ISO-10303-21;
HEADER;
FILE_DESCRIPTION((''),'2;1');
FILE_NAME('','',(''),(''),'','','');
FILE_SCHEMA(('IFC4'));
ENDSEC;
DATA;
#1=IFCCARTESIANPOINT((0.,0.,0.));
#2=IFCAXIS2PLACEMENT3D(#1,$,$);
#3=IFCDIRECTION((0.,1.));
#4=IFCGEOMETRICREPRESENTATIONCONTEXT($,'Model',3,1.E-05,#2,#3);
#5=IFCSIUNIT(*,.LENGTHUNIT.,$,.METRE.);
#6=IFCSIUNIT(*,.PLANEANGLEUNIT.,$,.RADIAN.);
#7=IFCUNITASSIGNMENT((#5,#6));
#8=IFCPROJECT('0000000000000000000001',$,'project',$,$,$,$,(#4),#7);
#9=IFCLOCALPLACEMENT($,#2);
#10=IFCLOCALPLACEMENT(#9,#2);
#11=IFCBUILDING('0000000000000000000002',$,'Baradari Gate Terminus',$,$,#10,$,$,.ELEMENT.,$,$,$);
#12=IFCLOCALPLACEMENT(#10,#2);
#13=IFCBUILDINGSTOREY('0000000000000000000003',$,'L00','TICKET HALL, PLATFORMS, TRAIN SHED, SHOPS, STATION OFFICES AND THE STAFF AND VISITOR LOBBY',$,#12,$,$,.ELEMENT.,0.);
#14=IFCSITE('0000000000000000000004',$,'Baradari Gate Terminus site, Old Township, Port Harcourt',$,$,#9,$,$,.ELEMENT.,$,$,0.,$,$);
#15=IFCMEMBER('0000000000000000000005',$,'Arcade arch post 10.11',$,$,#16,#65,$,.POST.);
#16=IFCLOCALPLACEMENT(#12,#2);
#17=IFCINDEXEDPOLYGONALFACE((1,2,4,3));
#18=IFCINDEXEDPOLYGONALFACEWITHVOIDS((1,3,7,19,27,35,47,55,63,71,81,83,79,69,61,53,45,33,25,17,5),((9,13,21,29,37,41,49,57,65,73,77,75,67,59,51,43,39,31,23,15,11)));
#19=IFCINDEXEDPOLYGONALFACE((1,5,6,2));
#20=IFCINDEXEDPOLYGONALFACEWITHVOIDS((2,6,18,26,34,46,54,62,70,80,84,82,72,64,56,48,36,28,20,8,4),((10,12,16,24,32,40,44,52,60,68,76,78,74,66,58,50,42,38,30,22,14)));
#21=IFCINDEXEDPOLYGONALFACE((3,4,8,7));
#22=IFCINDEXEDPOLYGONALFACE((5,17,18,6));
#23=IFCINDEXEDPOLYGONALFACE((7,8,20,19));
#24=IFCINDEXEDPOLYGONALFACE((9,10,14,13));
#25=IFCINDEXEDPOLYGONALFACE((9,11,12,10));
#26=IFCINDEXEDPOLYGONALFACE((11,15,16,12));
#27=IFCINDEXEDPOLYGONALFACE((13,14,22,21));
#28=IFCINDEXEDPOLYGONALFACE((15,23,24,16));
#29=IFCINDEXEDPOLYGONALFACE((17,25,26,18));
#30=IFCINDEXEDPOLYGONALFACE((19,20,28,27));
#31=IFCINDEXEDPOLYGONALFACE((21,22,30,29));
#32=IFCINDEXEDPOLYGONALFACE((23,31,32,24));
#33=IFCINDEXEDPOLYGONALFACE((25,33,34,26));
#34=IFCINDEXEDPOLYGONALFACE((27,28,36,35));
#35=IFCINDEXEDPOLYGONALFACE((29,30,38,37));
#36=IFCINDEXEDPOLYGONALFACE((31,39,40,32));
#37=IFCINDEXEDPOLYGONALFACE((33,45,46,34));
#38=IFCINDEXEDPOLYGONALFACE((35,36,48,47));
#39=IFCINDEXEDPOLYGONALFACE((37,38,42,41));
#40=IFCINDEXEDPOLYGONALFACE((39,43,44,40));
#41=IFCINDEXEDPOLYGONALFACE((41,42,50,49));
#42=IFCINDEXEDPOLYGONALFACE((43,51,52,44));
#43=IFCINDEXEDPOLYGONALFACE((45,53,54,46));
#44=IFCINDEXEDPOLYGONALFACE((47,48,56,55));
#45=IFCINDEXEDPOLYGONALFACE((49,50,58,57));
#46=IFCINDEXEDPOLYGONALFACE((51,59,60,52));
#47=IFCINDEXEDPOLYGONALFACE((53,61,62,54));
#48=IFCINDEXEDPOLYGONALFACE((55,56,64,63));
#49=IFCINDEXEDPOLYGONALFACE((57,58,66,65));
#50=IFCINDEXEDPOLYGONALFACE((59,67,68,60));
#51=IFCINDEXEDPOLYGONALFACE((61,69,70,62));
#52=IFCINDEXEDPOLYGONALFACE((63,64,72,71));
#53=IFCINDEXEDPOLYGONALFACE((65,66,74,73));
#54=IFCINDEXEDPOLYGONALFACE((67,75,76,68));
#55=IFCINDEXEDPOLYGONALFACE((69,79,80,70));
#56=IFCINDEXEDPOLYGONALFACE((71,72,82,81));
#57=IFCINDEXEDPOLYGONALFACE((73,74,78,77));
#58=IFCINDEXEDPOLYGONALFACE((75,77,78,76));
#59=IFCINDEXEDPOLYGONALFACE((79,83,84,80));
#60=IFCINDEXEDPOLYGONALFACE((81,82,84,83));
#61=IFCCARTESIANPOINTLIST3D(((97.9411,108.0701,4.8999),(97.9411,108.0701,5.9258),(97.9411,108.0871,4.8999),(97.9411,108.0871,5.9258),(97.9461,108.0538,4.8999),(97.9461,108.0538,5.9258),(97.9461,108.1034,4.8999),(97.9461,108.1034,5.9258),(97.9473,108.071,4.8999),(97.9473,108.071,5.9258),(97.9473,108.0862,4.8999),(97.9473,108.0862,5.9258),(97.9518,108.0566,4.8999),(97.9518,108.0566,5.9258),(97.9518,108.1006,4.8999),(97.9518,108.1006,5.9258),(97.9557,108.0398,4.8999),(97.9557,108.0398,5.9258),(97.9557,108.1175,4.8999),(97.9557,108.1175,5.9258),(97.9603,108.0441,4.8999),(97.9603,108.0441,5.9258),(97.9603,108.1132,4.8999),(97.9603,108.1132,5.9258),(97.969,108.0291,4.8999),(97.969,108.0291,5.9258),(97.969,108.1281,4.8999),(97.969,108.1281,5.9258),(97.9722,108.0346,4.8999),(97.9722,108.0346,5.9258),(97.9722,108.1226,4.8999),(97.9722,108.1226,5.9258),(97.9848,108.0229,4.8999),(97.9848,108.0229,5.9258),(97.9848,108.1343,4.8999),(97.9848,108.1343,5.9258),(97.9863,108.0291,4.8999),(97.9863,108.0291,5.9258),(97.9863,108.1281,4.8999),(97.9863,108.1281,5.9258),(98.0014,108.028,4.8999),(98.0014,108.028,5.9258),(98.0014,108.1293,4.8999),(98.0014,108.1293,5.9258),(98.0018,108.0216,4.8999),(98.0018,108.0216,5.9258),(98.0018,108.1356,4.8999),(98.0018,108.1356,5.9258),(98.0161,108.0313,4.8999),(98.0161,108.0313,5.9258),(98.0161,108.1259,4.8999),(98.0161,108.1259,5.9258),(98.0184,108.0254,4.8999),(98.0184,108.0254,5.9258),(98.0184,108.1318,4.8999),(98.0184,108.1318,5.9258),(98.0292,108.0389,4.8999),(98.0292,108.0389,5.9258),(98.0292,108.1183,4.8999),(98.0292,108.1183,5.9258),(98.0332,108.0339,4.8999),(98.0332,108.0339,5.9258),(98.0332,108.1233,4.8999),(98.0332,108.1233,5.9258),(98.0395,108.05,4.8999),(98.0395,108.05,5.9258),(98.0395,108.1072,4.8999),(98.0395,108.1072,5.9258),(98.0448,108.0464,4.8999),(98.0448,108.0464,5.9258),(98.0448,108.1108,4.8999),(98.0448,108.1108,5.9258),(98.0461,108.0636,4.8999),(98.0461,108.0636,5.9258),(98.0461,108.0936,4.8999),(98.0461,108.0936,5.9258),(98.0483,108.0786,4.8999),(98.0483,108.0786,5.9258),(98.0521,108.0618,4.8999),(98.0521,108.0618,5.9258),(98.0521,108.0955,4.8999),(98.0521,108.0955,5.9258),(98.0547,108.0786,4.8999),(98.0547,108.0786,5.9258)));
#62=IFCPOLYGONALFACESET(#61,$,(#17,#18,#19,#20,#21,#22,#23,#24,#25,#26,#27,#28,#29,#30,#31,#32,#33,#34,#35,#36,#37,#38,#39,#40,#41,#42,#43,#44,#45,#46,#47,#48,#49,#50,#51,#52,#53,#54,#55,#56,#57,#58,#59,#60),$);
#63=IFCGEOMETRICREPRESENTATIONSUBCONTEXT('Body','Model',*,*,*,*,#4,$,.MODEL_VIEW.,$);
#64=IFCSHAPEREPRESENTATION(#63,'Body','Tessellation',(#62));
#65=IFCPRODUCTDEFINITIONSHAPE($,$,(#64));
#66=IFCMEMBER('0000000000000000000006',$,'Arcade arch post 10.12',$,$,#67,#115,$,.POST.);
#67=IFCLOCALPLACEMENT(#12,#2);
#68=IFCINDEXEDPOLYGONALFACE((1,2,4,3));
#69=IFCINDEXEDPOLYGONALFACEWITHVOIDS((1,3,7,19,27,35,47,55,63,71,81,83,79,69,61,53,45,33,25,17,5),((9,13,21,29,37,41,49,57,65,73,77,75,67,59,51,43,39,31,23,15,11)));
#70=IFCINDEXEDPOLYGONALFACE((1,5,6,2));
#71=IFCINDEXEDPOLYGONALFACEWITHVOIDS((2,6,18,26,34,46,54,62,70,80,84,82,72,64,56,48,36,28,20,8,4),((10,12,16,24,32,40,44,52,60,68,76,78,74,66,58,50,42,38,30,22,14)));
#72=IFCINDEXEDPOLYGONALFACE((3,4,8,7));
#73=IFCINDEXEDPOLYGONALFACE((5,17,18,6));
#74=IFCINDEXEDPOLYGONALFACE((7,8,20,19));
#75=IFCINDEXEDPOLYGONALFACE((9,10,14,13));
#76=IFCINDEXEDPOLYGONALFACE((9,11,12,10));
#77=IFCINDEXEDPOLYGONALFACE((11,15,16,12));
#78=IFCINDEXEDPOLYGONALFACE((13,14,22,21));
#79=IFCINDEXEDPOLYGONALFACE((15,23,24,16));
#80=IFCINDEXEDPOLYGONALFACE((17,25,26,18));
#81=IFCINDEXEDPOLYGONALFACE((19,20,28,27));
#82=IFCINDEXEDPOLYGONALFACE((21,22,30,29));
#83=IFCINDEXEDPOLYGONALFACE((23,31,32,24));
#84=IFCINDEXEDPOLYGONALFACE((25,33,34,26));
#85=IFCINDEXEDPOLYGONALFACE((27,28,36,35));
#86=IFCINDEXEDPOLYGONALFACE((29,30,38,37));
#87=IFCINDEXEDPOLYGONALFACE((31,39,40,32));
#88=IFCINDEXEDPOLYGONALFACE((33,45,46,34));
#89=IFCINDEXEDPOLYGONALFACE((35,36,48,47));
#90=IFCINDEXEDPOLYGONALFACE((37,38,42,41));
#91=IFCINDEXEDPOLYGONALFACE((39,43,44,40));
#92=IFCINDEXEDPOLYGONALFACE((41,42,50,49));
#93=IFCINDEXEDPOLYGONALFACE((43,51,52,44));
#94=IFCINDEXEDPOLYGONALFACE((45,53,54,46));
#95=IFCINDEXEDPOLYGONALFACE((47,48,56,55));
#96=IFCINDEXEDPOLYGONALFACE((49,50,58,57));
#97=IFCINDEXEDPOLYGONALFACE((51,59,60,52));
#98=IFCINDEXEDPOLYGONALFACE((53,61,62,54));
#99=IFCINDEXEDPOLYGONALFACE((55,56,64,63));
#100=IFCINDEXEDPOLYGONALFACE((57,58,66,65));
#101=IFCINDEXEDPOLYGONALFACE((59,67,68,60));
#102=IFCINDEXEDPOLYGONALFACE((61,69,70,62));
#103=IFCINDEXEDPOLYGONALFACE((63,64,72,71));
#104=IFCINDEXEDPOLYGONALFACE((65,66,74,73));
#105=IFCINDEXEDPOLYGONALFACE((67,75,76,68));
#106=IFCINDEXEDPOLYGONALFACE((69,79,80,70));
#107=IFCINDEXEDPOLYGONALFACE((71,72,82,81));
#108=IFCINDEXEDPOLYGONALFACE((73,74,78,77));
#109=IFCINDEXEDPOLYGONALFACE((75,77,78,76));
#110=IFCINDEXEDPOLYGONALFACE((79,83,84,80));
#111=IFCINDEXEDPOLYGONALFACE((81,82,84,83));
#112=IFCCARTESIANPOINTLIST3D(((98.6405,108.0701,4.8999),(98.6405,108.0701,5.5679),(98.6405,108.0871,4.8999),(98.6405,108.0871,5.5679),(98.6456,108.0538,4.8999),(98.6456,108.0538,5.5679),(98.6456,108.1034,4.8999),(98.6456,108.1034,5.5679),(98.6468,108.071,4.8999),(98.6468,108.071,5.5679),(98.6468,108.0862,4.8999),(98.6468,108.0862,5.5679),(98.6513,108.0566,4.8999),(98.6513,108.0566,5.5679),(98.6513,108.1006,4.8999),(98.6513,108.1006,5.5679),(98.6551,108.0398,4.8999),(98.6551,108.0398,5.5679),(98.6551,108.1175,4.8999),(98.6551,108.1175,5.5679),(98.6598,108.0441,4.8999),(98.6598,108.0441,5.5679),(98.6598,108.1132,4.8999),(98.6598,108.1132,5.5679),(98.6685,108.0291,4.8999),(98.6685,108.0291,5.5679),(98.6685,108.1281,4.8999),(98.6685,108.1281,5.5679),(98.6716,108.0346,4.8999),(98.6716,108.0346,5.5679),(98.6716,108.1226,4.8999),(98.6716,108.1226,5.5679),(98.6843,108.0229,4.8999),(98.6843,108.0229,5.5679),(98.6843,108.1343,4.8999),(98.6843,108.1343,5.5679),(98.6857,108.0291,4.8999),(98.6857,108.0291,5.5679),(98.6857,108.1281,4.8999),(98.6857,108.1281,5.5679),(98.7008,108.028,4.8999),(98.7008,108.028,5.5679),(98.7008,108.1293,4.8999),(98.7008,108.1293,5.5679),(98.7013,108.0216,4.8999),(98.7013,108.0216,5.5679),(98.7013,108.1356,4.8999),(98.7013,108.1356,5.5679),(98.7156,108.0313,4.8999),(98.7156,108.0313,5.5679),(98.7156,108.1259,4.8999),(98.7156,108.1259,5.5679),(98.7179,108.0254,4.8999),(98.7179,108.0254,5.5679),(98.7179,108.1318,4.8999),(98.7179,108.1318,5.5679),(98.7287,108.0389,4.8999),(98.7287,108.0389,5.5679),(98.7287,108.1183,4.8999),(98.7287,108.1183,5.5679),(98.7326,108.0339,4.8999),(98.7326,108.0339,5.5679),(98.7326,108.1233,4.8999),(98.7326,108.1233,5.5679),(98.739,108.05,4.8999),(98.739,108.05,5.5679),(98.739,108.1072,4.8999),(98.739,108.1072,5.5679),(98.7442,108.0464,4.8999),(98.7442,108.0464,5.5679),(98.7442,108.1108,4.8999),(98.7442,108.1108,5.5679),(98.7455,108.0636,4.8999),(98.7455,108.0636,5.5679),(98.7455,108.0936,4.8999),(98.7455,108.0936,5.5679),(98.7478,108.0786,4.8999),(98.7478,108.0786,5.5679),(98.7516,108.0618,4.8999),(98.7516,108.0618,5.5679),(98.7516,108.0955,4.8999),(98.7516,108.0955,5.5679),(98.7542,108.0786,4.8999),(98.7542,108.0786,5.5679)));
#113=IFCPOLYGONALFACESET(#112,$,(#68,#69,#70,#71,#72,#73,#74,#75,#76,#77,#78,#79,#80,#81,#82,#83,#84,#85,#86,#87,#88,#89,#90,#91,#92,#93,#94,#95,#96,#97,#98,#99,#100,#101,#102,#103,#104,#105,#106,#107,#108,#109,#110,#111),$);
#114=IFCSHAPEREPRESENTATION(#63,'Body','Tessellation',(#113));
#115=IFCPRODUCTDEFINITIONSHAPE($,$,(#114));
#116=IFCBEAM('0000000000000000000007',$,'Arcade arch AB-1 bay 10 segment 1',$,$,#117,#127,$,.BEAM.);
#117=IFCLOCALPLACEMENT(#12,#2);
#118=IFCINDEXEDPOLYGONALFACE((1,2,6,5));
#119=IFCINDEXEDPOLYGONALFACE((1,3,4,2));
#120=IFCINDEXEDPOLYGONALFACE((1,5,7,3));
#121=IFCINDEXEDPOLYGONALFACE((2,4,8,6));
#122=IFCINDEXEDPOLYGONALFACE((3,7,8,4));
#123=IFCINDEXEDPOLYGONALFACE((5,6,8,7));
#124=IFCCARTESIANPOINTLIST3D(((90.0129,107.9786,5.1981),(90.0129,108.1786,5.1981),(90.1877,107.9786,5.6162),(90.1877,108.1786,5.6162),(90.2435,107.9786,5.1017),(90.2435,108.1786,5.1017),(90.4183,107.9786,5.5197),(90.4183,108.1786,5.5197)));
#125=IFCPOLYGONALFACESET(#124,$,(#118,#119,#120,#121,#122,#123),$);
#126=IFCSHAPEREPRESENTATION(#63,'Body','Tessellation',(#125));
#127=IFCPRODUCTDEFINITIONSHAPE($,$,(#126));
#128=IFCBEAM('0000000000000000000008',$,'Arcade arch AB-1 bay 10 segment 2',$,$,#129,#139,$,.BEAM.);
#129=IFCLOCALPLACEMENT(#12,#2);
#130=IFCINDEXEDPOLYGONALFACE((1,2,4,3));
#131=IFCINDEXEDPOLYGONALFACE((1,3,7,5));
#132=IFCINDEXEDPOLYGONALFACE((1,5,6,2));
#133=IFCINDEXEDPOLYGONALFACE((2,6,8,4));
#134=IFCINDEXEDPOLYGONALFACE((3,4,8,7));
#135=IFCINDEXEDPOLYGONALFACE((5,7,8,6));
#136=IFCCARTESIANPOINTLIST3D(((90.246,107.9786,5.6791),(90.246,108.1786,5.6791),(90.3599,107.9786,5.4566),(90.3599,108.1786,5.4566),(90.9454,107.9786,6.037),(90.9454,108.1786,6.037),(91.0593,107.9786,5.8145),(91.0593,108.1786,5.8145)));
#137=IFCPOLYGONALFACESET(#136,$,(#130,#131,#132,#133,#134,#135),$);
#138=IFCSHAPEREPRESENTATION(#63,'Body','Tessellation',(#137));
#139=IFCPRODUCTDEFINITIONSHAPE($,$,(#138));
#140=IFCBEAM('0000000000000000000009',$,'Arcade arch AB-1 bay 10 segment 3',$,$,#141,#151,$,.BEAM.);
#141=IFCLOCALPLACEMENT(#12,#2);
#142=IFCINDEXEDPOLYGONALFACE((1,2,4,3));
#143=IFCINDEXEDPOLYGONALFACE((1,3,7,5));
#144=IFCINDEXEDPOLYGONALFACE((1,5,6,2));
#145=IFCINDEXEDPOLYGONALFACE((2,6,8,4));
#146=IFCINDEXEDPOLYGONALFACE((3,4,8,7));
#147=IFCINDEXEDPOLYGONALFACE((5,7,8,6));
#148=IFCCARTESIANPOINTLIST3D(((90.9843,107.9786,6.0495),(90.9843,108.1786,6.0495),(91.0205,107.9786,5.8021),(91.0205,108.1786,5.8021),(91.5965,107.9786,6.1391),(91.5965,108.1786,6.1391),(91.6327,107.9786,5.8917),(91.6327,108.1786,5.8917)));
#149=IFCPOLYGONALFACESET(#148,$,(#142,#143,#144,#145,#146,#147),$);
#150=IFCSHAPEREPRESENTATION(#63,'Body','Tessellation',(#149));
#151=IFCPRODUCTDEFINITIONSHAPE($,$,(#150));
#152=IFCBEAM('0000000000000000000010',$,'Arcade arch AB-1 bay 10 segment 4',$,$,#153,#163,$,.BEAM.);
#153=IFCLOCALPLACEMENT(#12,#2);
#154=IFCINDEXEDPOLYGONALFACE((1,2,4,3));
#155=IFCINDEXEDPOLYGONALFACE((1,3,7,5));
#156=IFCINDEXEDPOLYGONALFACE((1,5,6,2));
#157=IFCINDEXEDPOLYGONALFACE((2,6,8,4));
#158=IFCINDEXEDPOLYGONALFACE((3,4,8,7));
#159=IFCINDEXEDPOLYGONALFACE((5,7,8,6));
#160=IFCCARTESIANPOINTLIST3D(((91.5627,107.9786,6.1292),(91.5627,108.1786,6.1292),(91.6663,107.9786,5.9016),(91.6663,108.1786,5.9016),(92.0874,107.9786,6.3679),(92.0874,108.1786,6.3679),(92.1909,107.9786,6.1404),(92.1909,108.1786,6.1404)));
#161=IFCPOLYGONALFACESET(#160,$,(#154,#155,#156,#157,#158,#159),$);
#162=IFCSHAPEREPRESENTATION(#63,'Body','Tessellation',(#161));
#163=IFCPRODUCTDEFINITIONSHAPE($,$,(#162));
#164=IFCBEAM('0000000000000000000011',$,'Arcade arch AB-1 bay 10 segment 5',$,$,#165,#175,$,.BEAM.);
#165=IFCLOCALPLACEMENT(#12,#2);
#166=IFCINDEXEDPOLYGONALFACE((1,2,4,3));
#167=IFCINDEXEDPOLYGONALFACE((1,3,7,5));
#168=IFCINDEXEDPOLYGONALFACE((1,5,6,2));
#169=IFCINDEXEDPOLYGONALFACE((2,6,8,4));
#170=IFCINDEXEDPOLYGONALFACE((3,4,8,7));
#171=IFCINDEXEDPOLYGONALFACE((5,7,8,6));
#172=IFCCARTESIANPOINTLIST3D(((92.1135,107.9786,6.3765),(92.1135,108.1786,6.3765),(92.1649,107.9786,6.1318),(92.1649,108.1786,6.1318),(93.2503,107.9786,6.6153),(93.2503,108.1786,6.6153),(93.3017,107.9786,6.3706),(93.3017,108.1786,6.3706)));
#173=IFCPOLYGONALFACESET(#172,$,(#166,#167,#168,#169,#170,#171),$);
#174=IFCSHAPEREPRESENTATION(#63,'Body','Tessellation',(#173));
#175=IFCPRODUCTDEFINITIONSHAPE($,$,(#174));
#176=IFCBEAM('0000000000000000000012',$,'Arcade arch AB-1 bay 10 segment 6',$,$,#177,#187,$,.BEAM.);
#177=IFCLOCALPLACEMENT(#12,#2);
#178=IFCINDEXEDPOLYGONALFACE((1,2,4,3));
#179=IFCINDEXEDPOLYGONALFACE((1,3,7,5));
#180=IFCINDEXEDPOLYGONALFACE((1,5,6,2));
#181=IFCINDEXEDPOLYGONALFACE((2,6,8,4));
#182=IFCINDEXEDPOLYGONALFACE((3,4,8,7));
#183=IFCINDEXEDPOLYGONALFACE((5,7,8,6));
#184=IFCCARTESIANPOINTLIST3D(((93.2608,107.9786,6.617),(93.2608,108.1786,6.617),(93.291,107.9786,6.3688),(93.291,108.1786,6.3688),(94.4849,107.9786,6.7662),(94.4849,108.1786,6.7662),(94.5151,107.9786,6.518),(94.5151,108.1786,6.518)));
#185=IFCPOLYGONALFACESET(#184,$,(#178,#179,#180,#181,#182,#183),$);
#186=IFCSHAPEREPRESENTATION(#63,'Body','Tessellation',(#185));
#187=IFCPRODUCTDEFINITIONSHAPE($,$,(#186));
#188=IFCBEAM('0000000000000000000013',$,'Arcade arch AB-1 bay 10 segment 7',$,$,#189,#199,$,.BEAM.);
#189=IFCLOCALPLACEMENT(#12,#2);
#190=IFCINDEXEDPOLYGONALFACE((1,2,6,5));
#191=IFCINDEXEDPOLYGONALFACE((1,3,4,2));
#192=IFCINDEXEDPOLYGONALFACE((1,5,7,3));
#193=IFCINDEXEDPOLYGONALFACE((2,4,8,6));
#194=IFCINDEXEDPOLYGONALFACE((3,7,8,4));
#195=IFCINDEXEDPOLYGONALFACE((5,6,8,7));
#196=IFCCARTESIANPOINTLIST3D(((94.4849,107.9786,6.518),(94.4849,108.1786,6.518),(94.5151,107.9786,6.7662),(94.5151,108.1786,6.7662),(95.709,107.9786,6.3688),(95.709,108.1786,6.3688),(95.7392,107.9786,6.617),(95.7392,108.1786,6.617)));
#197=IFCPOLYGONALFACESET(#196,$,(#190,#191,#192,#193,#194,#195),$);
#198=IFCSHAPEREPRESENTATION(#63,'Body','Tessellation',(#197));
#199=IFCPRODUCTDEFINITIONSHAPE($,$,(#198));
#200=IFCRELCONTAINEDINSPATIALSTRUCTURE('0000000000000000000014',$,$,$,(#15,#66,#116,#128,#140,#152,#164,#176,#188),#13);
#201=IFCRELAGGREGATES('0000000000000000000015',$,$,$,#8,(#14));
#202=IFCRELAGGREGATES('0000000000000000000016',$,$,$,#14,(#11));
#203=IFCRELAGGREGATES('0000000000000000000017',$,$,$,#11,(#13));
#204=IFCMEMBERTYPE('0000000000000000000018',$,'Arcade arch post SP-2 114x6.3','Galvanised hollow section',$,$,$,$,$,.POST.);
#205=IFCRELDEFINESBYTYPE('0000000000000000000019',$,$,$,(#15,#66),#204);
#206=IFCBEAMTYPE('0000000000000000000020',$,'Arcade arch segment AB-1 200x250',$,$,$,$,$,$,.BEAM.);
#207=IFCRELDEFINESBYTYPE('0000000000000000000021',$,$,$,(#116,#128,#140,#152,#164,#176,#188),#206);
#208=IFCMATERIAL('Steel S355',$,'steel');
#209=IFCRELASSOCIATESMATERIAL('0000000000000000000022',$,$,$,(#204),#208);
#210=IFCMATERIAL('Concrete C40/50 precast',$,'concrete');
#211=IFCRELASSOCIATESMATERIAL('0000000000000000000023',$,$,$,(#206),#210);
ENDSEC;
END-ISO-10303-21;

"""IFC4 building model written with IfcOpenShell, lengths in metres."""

from ifc_helpers import new_model, si_unit, direction, frame, origin, origin_2d, place, context, subcontext, project, spatial, rectangle, hollow_circle, extrude, material, material_profile, profile_set, type_object, element, save


model = new_model("IFC4")

# Units and contexts
model_context = context("Model", 3, precision=1e-05, world=origin(), true_north=direction((0.0, 1.0)))
body_context = subcontext(model_context, "Body", "Model", "MODEL_VIEW")
ifc_project = project(units=[si_unit("LENGTHUNIT", "METRE"), si_unit("PLANEANGLEUNIT", "RADIAN")], contexts=[model_context])

# Site, building, storey
site_placement = place(None, origin())
site = spatial("IfcSite", under=ifc_project, at=site_placement, Name="Baradari Gate Terminus site, Old Township, Port Harcourt", CompositionType="ELEMENT", RefElevation=0.0)
building_placement = place(site_placement, origin())
building = spatial("IfcBuilding", under=site, at=building_placement, Name="Baradari Gate Terminus", CompositionType="ELEMENT")
storey_placement = place(building_placement, origin())
storey = spatial("IfcBuildingStorey", under=building, at=storey_placement, Name="L00", Description="TICKET HALL, PLATFORMS, TRAIN SHED, SHOPS, STATION OFFICES AND THE STAFF AND VISITOR LOBBY", CompositionType="ELEMENT", Elevation=0.0)

# Members
ifc_material_1 = material(Name="Steel S355", Category="steel")
ifc_material_profile_1 = material_profile(ifc_material_1, hollow_circle(Radius=0.0571, WallThickness=0.0063, at=origin_2d()), Name="CHS 114.3x6.3")
ifc_profile_set_1 = profile_set([ifc_material_profile_1], Name="Steel S355")
member_type = type_object("IfcMemberType", Name="Arcade arch post SP-2 114x6.3", Description="Galvanised hollow section", PredefinedType="POST", material=ifc_profile_set_1)
member_1_placement = place(storey_placement, frame((97.9976, 108.0786, 4.8999), z_axis=(0.0, 0.0, 1.0), x_axis=(1.0, 0.0, 0.0)))
element("IfcMember", 1, at=member_1_placement, inside=storey, type_object=member_type, Name="Arcade arch post 10.11", PredefinedType="POST", context=body_context, shape_type="SweptSolid", body=[
    extrude(hollow_circle(Radius=0.0571, WallThickness=0.0063, at=origin_2d()), origin(), (0.0, 0.0, 1.0), 1.0259),
])
member_2_placement = place(storey_placement, frame((98.697, 108.0786, 4.8999), z_axis=(0.0, 0.0, 1.0), x_axis=(1.0, 0.0, 0.0)))
element("IfcMember", 2, at=member_2_placement, inside=storey, type_object=member_type, Name="Arcade arch post 10.12", PredefinedType="POST", context=body_context, shape_type="SweptSolid", body=[
    extrude(hollow_circle(Radius=0.0571, WallThickness=0.0063, at=origin_2d()), origin(), (0.0, 0.0, 1.0), 0.668),
])

# Beams
ifc_material_2 = material(Name="Concrete C40/50 precast", Category="concrete")
ifc_material_profile_2 = material_profile(ifc_material_2, rectangle(XDim=0.2, YDim=0.25, at=origin_2d()), Name="AB-1 200X250")
ifc_profile_set_2 = profile_set([ifc_material_profile_2], Name="Concrete C40/50 precast")
beam_type_1 = type_object("IfcBeamType", Name="Arcade arch segment AB-1 200x250", PredefinedType="BEAM", material=ifc_profile_set_2)
beam_1_placement = place(storey_placement, frame((90.1282, 108.0786, 5.1499), z_axis=(0.385839, 0.0, 0.922566), x_axis=(0.0, 1.0, 0.0)))
element("IfcBeam", 3, at=beam_1_placement, inside=storey, type_object=beam_type_1, Name="Arcade arch AB-1 bay 10 segment 1", PredefinedType="BEAM", context=body_context, shape_type="SweptSolid", body=[
    extrude(rectangle(XDim=0.2, YDim=0.25, at=origin_2d()), origin(), (0.0, 0.0, 1.0), 0.4531),
])
beam_2_placement = place(storey_placement, frame((90.303, 108.0786, 5.5679), z_axis=(0.890225, 0.0, 0.455522), x_axis=(0.0, 1.0, 0.0)))
element("IfcBeam", 4, at=beam_2_placement, inside=storey, type_object=beam_type_1, Name="Arcade arch AB-1 bay 10 segment 2", PredefinedType="BEAM", context=body_context, shape_type="SweptSolid", body=[
    extrude(rectangle(XDim=0.2, YDim=0.25, at=origin_2d()), origin(), (0.0, 0.0, 1.0), 0.7856),
])
beam_3_placement = place(storey_placement, frame((91.0024, 108.0786, 5.9258), z_axis=(0.989454, 0.0, 0.144846), x_axis=(0.0, 1.0, 0.0)))
element("IfcBeam", 5, at=beam_3_placement, inside=storey, type_object=beam_type_1, Name="Arcade arch AB-1 bay 10 segment 3", PredefinedType="BEAM", context=body_context, shape_type="SweptSolid", body=[
    extrude(rectangle(XDim=0.2, YDim=0.25, at=origin_2d()), origin(), (0.0, 0.0, 1.0), 0.6187),
])
beam_4_placement = place(storey_placement, frame((91.6145, 108.0786, 6.0154), z_axis=(0.910178, 0.0, 0.414218), x_axis=(0.0, 1.0, 0.0)))
element("IfcBeam", 6, at=beam_4_placement, inside=storey, type_object=beam_type_1, Name="Arcade arch AB-1 bay 10 segment 4", PredefinedType="BEAM", context=body_context, shape_type="SweptSolid", body=[
    extrude(rectangle(XDim=0.2, YDim=0.25, at=origin_2d()), origin(), (0.0, 0.0, 1.0), 0.5764),
])
beam_5_placement = place(storey_placement, frame((92.1392, 108.0786, 6.2542), z_axis=(0.978643, 0.0, 0.205566), x_axis=(0.0, 1.0, 0.0)))
element("IfcBeam", 7, at=beam_5_placement, inside=storey, type_object=beam_type_1, Name="Arcade arch AB-1 bay 10 segment 5", PredefinedType="BEAM", context=body_context, shape_type="SweptSolid", body=[
    extrude(rectangle(XDim=0.2, YDim=0.25, at=origin_2d()), origin(), (0.0, 0.0, 1.0), 1.1616),
])
for number, where, z_axis, x_axis, name in (
    (8, (93.2759, 108.0786, 6.4929), (0.992657, 0.0, 0.120964), (0.0, 1.0, 0.0), "Arcade arch AB-1 bay 10 segment 6"),
    (9, (94.5, 108.0786, 6.6421), (0.992657, 0.0, -0.120964), (0.0, 1.0, 0.0), "Arcade arch AB-1 bay 10 segment 7"),
):
    element("IfcBeam", number, at=place(storey_placement, frame(where, z_axis=z_axis, x_axis=x_axis)), inside=storey, type_object=beam_type_1, Name=name, PredefinedType="BEAM", context=body_context, shape_type="SweptSolid", body=[
        extrude(rectangle(XDim=0.2, YDim=0.25, at=origin_2d()), origin(), (0.0, 0.0, 1.0), 1.2332),
    ])

save(model, "model.ifc")
